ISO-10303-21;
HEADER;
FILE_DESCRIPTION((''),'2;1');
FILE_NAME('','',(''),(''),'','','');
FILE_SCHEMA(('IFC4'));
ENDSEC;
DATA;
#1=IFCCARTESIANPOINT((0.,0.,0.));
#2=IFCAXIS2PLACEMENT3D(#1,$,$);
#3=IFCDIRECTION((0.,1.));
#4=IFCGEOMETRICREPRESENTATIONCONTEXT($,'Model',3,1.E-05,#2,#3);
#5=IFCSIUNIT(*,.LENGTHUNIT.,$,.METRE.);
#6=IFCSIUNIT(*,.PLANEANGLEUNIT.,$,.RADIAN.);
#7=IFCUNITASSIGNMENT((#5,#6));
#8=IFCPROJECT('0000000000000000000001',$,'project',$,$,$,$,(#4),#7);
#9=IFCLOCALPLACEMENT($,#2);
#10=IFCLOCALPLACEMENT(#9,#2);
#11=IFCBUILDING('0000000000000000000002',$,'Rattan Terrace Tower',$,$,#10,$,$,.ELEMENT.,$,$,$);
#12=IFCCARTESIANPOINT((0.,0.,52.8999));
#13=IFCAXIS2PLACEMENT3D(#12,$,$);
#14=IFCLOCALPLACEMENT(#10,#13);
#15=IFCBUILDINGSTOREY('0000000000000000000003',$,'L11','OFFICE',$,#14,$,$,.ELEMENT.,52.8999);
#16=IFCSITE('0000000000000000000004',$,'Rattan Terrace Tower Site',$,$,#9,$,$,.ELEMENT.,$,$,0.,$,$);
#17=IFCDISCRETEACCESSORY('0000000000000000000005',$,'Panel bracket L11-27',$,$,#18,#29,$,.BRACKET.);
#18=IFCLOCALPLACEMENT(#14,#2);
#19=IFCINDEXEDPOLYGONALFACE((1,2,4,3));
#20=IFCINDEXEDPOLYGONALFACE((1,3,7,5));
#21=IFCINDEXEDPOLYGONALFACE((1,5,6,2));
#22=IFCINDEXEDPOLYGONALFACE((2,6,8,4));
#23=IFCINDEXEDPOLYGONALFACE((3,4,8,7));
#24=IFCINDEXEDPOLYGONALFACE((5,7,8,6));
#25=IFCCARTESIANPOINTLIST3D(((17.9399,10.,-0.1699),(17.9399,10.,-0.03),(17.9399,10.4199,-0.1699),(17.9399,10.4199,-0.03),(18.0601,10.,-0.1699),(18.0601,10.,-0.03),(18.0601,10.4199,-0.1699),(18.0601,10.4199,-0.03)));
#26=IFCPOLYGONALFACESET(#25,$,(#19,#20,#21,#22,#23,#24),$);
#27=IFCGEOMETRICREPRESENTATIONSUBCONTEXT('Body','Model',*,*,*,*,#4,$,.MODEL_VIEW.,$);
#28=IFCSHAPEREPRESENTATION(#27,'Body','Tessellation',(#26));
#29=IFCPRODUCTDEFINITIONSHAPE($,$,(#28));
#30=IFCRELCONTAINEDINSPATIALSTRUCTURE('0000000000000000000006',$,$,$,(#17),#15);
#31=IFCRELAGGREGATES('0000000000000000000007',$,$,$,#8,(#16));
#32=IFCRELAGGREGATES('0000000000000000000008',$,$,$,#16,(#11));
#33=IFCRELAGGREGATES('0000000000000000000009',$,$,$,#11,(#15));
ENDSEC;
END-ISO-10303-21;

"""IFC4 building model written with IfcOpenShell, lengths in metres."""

from ifc_helpers import new_model, si_unit, direction, frame, origin, origin_2d, place, context, subcontext, project, spatial, rectangle, extrude, element, save


model = new_model("IFC4")

# Units and contexts
model_context = context("Model", 3, precision=1e-05, world=origin(), true_north=direction((0.0, 1.0)))
body_context = subcontext(model_context, "Body", "Model", "MODEL_VIEW")
ifc_project = project(units=[si_unit("LENGTHUNIT", "METRE"), si_unit("PLANEANGLEUNIT", "RADIAN")], contexts=[model_context])

# Site, building, storey
site_placement = place(None, origin())
site = spatial("IfcSite", under=ifc_project, at=site_placement, Name="Rattan Terrace Tower Site", CompositionType="ELEMENT", RefElevation=0.0)
building_placement = place(site_placement, origin())
building = spatial("IfcBuilding", under=site, at=building_placement, Name="Rattan Terrace Tower", CompositionType="ELEMENT")
storey_placement = place(building_placement, frame((0.0, 0.0, 52.8999)))
storey = spatial("IfcBuildingStorey", under=building, at=storey_placement, Name="L11", Description="OFFICE", CompositionType="ELEMENT", Elevation=52.8999)

# Discrete accessory
for number, where, z_axis, x_axis, name in (
    (1, (18.0, 10.21, -0.1699), (0.0, 0.0, 1.0), (-1.0, 0.0, 0.0), "Panel bracket L11-27"),
):
    element("IfcDiscreteAccessory", number, at=place(storey_placement, frame(where, z_axis=z_axis, x_axis=x_axis)), inside=storey, Name=name, PredefinedType="BRACKET", context=body_context, shape_type="SweptSolid", body=[
        extrude(rectangle(XDim=0.1201, YDim=0.4199, at=origin_2d()), origin(), (0.0, 0.0, 1.0), 0.1399),
    ])

save(model, "model.ifc")
